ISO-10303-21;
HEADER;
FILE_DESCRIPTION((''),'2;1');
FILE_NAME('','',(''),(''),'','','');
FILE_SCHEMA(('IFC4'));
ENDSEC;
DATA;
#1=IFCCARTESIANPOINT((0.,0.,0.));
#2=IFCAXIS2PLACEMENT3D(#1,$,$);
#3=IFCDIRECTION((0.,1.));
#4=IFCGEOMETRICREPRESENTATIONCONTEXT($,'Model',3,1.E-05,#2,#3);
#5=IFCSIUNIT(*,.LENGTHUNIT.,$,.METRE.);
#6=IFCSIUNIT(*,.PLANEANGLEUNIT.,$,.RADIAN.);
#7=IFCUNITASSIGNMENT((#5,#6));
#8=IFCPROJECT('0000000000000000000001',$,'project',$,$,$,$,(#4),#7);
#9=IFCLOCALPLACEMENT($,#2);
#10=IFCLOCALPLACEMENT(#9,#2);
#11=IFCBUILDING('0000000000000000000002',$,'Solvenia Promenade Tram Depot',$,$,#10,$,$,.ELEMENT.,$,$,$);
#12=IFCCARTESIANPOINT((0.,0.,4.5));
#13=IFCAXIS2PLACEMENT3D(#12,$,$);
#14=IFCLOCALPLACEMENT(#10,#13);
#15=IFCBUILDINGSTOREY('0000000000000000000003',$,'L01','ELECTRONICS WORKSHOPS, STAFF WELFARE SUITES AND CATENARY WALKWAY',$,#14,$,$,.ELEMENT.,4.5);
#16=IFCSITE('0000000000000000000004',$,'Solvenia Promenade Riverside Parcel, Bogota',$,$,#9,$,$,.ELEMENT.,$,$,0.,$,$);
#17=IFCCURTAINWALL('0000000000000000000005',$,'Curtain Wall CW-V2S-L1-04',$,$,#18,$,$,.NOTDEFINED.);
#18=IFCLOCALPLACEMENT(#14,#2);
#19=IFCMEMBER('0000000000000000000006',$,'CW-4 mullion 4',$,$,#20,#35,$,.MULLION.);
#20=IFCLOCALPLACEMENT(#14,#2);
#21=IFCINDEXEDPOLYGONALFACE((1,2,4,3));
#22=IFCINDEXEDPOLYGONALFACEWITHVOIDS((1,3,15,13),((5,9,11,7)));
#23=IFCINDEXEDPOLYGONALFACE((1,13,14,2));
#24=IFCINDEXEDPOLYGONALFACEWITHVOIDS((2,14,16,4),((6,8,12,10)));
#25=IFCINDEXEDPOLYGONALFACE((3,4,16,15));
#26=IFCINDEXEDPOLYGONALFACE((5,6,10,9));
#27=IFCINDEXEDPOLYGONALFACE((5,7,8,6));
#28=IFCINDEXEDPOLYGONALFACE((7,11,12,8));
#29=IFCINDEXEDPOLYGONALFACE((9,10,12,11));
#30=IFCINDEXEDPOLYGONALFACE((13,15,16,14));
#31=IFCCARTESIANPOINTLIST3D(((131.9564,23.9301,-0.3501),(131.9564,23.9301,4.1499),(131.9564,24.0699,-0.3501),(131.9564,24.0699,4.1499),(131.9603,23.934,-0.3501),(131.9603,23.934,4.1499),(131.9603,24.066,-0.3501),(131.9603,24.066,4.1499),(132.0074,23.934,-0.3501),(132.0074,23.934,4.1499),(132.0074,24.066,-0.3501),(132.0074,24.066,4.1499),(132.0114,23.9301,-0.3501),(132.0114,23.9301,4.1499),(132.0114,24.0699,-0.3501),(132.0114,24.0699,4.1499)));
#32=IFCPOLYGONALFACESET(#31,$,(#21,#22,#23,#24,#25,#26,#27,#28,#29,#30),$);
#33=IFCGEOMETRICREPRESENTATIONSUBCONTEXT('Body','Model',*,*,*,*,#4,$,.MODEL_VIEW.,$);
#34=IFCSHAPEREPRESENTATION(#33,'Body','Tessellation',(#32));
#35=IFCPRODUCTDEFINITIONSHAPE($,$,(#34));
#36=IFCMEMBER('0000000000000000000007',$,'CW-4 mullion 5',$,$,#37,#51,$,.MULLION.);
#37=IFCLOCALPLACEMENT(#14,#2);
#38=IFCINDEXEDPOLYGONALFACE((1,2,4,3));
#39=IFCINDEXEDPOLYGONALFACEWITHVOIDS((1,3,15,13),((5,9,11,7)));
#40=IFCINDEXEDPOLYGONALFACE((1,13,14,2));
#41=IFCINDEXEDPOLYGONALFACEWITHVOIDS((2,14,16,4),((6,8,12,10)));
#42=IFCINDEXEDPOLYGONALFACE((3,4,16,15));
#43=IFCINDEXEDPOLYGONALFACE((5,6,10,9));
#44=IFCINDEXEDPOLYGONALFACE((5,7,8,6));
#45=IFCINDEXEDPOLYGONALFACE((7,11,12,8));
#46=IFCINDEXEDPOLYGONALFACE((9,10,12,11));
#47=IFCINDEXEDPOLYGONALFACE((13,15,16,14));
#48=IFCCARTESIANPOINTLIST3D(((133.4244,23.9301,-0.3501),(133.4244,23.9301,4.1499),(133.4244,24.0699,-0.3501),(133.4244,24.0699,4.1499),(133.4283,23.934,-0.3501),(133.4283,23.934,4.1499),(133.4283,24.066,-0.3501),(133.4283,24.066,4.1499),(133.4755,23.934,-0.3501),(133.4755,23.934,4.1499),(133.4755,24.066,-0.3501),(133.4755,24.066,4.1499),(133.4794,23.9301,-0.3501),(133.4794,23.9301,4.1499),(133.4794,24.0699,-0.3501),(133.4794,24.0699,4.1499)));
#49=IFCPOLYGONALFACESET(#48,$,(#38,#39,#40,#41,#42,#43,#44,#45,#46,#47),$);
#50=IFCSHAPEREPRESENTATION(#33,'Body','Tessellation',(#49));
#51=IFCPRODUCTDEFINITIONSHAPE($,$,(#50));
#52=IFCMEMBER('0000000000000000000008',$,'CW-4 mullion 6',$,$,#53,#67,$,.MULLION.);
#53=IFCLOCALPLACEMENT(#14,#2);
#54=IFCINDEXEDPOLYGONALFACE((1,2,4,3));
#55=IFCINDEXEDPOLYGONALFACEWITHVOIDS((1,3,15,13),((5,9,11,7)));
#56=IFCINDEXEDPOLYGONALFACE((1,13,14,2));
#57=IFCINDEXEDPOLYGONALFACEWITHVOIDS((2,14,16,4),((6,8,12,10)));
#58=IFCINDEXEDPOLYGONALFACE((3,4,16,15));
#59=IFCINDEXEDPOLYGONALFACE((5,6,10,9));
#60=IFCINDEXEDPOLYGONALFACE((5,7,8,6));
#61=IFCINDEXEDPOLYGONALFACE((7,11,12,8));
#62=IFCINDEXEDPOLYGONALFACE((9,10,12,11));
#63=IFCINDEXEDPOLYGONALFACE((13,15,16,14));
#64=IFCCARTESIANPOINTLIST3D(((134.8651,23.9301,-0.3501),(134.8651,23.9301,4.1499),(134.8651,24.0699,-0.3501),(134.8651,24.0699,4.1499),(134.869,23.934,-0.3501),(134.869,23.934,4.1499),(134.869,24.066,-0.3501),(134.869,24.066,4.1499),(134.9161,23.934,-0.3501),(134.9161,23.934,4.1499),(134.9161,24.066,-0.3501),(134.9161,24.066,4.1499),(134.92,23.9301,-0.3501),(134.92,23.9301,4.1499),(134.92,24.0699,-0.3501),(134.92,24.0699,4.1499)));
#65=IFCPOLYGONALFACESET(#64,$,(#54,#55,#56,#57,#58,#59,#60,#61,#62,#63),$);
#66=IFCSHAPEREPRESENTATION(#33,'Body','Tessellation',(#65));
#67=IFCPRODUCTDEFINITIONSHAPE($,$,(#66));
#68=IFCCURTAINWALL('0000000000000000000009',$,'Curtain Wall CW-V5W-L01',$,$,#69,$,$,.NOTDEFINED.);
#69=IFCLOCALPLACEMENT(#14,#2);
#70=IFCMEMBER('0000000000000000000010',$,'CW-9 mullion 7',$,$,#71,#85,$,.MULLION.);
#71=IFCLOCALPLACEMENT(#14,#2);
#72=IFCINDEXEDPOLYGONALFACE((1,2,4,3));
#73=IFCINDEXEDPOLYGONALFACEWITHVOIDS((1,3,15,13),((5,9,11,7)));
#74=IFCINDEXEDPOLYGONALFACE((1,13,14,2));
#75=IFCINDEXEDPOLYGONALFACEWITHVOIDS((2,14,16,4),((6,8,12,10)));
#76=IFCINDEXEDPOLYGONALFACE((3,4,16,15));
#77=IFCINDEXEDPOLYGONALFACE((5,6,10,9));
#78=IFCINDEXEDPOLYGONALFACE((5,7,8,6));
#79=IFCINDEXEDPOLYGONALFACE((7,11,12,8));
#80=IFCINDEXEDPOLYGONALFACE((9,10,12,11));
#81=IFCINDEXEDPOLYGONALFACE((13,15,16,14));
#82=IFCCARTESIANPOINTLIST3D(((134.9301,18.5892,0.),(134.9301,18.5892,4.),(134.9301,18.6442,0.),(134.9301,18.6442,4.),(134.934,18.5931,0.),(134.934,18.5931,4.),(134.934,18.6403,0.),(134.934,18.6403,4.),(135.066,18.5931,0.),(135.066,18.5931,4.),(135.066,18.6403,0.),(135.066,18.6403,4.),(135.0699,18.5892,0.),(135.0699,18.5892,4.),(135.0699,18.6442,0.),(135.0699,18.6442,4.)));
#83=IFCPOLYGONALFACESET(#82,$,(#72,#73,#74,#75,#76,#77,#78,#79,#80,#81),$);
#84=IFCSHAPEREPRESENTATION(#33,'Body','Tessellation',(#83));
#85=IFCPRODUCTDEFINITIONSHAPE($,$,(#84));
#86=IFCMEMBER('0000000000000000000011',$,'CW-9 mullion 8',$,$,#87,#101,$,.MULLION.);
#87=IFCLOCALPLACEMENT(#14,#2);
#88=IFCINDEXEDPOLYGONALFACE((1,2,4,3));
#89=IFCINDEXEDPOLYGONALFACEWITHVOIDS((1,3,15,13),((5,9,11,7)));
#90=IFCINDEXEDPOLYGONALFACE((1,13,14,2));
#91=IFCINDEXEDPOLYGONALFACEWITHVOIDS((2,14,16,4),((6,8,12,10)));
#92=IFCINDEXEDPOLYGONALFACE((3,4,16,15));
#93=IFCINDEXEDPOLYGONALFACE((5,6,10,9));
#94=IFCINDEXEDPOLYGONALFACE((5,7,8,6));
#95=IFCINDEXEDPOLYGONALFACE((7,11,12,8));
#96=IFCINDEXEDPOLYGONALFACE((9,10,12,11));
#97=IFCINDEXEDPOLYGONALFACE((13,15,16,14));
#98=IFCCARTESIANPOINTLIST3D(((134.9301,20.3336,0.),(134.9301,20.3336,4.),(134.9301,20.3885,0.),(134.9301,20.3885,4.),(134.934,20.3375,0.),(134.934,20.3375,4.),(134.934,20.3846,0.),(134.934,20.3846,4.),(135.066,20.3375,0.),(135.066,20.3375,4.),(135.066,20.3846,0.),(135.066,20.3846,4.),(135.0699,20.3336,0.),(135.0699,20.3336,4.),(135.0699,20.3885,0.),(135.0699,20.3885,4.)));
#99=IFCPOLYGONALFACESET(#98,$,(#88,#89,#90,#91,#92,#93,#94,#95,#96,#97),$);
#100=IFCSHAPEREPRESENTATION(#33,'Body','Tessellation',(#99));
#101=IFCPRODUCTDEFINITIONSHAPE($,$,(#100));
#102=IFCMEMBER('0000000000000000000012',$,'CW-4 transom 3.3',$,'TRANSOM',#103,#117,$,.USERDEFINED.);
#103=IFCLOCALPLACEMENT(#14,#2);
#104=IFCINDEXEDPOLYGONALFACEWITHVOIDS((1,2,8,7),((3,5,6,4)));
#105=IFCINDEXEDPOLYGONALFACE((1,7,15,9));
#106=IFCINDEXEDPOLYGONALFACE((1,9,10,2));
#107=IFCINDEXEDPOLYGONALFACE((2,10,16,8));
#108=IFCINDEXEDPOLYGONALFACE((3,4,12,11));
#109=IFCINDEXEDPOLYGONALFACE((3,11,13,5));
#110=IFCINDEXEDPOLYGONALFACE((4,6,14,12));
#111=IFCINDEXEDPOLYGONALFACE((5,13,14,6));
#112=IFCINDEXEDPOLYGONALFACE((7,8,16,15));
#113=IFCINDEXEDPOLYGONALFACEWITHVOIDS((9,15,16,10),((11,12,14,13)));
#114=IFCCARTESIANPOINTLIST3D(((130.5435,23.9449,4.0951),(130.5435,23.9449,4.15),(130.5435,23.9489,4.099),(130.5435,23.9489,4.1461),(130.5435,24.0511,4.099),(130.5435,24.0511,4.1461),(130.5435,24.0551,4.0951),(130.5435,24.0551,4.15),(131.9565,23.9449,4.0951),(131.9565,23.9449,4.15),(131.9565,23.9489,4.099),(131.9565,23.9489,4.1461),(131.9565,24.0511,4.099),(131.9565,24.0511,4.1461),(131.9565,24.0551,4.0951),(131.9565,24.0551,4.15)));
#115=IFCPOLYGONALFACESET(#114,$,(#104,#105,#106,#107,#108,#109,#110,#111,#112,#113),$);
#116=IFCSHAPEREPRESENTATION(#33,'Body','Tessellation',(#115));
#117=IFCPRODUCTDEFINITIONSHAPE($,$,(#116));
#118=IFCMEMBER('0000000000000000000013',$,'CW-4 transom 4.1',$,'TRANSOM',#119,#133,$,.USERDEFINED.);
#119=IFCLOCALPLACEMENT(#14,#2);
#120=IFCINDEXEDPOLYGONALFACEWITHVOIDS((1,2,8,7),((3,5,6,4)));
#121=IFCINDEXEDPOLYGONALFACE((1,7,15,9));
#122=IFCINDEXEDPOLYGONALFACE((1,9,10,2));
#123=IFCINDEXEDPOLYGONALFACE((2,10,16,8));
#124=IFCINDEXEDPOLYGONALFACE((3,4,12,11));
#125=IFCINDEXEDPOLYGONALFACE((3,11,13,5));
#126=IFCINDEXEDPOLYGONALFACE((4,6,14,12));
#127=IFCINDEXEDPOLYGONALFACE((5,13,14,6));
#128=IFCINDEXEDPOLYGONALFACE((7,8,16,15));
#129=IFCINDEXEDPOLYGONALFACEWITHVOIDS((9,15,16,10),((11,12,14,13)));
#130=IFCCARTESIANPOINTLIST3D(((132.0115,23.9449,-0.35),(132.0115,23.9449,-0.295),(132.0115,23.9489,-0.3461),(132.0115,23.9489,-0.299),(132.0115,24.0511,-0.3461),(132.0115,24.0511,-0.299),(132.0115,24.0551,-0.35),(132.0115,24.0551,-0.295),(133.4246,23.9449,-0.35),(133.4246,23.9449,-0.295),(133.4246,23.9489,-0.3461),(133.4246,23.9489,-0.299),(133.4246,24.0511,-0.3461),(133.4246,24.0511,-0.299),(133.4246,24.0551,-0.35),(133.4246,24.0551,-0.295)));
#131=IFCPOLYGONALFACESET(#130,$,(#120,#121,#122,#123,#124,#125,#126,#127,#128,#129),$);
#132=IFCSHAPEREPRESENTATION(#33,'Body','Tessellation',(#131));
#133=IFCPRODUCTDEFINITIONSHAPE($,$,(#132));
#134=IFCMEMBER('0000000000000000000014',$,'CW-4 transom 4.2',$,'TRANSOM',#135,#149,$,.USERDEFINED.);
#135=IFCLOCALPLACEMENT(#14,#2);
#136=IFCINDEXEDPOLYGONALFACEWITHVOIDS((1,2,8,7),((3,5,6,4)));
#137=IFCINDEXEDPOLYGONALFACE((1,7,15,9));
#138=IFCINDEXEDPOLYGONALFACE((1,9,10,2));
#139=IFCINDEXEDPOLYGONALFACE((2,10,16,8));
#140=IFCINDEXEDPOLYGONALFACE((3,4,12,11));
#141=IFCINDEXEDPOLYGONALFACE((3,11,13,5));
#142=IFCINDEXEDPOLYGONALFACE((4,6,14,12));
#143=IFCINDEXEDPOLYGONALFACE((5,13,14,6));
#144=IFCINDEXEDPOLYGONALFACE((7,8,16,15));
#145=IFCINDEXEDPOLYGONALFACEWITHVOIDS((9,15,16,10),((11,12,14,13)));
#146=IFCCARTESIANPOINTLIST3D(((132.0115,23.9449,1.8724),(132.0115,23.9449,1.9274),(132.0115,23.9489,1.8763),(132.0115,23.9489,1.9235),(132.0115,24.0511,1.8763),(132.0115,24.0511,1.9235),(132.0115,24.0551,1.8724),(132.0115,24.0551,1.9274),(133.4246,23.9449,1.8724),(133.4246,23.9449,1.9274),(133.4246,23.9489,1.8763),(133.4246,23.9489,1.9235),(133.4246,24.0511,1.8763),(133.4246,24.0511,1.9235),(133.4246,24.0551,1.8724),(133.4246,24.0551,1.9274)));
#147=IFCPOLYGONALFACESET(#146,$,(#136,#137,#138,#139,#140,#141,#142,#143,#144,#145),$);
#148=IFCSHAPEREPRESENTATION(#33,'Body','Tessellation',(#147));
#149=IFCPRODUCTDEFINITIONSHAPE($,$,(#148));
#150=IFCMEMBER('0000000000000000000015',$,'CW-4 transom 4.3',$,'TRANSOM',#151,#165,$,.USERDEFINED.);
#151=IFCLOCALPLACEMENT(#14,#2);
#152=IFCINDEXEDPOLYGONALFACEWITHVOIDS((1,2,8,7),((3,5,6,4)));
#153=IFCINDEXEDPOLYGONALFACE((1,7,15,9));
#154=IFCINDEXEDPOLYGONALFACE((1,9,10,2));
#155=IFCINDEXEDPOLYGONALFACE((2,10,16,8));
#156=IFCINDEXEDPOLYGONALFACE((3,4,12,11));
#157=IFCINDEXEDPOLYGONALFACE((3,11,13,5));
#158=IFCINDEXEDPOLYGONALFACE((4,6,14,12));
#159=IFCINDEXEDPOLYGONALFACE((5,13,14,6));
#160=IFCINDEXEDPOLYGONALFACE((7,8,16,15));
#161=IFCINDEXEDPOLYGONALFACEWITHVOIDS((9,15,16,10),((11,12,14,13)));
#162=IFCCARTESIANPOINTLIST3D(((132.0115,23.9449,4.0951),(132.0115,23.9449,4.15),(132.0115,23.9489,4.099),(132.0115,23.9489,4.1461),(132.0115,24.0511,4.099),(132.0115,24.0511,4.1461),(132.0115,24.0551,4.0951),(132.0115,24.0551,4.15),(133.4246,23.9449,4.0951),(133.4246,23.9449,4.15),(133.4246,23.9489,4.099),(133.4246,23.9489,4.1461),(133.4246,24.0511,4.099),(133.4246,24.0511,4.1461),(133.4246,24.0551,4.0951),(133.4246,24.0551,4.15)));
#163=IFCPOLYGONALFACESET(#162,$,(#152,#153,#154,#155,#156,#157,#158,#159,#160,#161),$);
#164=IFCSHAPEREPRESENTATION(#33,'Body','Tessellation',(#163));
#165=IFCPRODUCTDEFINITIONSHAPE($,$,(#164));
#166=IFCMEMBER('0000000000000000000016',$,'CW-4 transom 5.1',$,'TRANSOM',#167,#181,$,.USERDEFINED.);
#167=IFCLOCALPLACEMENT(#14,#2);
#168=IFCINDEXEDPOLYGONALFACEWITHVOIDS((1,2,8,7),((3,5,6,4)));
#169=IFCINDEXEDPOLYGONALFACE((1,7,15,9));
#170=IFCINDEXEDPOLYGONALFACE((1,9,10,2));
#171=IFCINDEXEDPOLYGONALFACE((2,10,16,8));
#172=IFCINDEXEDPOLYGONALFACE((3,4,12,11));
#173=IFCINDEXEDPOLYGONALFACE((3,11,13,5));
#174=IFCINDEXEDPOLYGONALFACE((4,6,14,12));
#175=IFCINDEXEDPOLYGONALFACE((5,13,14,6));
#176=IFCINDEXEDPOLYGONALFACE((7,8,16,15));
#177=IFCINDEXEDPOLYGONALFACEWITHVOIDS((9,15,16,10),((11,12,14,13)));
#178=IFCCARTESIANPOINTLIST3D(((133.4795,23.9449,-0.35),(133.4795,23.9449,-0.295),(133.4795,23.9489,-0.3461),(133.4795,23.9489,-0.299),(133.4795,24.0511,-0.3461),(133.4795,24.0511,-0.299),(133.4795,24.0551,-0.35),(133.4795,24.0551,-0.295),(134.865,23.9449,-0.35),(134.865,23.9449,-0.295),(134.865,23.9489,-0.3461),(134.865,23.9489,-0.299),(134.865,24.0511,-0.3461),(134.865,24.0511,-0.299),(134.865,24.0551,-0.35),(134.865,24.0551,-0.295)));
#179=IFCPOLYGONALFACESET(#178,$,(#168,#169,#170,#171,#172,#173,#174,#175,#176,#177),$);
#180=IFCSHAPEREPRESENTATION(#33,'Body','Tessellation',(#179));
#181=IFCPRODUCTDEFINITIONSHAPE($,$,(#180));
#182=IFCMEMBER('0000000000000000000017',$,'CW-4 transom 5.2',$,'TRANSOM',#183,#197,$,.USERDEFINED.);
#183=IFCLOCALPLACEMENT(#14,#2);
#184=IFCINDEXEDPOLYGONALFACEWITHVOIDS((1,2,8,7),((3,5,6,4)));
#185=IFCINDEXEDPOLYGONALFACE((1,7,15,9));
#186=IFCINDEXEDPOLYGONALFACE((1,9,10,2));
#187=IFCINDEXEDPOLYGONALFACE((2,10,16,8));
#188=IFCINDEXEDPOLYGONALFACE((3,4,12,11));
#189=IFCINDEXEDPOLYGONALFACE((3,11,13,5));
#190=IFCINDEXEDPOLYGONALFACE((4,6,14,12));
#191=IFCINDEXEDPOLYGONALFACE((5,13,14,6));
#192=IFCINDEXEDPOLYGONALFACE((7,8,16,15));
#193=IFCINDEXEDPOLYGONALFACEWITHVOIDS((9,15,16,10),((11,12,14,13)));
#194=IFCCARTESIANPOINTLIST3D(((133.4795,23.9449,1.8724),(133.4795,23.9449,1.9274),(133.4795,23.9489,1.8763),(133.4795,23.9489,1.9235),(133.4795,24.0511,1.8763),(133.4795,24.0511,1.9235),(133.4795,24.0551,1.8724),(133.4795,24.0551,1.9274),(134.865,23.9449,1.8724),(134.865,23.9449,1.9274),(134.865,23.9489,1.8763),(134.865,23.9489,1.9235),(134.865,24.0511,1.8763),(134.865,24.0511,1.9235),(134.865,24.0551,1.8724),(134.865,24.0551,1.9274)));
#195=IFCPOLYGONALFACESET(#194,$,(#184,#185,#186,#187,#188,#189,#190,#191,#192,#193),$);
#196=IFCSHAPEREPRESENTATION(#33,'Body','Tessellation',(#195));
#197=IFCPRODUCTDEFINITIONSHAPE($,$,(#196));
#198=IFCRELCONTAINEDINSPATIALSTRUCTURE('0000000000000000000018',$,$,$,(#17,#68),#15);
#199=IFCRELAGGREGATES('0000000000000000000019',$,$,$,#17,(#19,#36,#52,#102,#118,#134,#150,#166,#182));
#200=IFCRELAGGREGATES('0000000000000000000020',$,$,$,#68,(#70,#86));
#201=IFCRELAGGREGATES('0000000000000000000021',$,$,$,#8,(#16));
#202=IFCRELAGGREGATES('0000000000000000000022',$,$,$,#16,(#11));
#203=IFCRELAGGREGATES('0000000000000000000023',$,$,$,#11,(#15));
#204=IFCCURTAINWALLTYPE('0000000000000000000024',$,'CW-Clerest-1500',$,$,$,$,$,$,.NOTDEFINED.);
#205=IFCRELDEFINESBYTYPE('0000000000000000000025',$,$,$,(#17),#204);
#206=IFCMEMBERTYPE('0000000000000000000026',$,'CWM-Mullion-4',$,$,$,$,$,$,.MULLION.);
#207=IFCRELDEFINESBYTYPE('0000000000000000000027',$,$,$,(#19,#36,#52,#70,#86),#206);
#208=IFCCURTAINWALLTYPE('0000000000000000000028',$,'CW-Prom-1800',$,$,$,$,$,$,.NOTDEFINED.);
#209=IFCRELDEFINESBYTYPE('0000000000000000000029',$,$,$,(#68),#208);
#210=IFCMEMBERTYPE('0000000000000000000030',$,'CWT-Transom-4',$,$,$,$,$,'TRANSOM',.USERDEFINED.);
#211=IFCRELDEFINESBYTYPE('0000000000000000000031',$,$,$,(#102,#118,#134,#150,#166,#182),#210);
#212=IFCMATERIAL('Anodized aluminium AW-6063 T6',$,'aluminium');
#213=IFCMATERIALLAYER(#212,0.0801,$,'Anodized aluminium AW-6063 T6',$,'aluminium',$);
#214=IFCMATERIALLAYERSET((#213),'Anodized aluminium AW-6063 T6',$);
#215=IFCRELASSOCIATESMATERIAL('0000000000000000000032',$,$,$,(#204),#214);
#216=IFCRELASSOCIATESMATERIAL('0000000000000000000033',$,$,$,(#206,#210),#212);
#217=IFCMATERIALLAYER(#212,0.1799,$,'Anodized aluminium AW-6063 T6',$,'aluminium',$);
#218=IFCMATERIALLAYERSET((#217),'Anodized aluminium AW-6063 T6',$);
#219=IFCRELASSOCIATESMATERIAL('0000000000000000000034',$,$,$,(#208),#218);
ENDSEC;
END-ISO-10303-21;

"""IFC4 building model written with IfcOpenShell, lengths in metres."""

from ifc_helpers import new_model, si_unit, direction, frame, origin, origin_2d, place, context, subcontext, project, spatial, hollow_rectangle, extrude, material, layer, layer_set, material_profile, profile_set, type_object, element, aggregate, save


model = new_model("IFC4")

# Units and contexts
model_context = context("Model", 3, precision=1e-05, world=origin(), true_north=direction((0.0, 1.0)))
body_context = subcontext(model_context, "Body", "Model", "MODEL_VIEW")
ifc_project = project(units=[si_unit("LENGTHUNIT", "METRE"), si_unit("PLANEANGLEUNIT", "RADIAN")], contexts=[model_context])

# Site, building, storey
site_placement = place(None, origin())
site = spatial("IfcSite", under=ifc_project, at=site_placement, Name="Solvenia Promenade Riverside Parcel, Bogota", CompositionType="ELEMENT", RefElevation=0.0)
building_placement = place(site_placement, origin())
building = spatial("IfcBuilding", under=site, at=building_placement, Name="Solvenia Promenade Tram Depot", CompositionType="ELEMENT")
storey_placement = place(building_placement, frame((0.0, 0.0, 4.5)))
storey = spatial("IfcBuildingStorey", under=building, at=storey_placement, Name="L01", Description="ELECTRONICS WORKSHOPS, STAFF WELFARE SUITES AND CATENARY WALKWAY", CompositionType="ELEMENT", Elevation=4.5)

# Curtain walls, members
ifc_material_1 = material(Name="Anodized aluminium AW-6063 T6", Category="aluminium")
ifc_layer_1 = layer(ifc_material_1, 0.0801, Name="Anodized aluminium AW-6063 T6", Category="aluminium")
ifc_layer_set_1 = layer_set([ifc_layer_1], Name="Anodized aluminium AW-6063 T6")
curtain_wall_type_1 = type_object("IfcCurtainWallType", Name="CW-Clerest-1500", PredefinedType="NOTDEFINED", material=ifc_layer_set_1)
curtain_wall_1_placement = place(storey_placement, origin())
curtain_wall_1 = element("IfcCurtainWall", 1, at=curtain_wall_1_placement, inside=storey, type_object=curtain_wall_type_1, Name="Curtain Wall CW-V2S-L1-04", PredefinedType="NOTDEFINED")
ifc_material_profile_1 = material_profile(ifc_material_1, hollow_rectangle(XDim=0.1399, YDim=0.0549, WallThickness=0.0039, at=origin_2d()), Name="ALU-M4", Category="aluminium")
ifc_profile_set_1 = profile_set([ifc_material_profile_1], Name="Anodized aluminium AW-6063 T6")
member_type_1 = type_object("IfcMemberType", Name="CWM-Mullion-4", PredefinedType="MULLION", material=ifc_profile_set_1)
member_1_placement = place(storey_placement, frame((131.9839, 24.0, -0.3501), z_axis=(0.0, 0.0, 1.0), x_axis=(0.0, 1.0, 0.0)))
member_1 = element("IfcMember", 2, at=member_1_placement, type_object=member_type_1, Name="CW-4 mullion 4", PredefinedType="MULLION", context=body_context, shape_type="SweptSolid", body=[
    extrude(hollow_rectangle(XDim=0.1399, YDim=0.0549, WallThickness=0.0039, at=origin_2d()), origin(), (0.0, 0.0, 1.0), 4.5),
])
member_2_placement = place(storey_placement, frame((133.4519, 24.0, -0.3501), z_axis=(0.0, 0.0, 1.0), x_axis=(0.0, 1.0, 0.0)))
member_2 = element("IfcMember", 3, at=member_2_placement, type_object=member_type_1, Name="CW-4 mullion 5", PredefinedType="MULLION", context=body_context, shape_type="SweptSolid", body=[
    extrude(hollow_rectangle(XDim=0.1399, YDim=0.0549, WallThickness=0.0039, at=origin_2d()), origin(), (0.0, 0.0, 1.0), 4.5),
])
member_3_placement = place(storey_placement, frame((134.8926, 24.0, -0.3501), z_axis=(0.0, 0.0, 1.0), x_axis=(0.0, 1.0, 0.0)))
member_3 = element("IfcMember", 4, at=member_3_placement, type_object=member_type_1, Name="CW-4 mullion 6", PredefinedType="MULLION", context=body_context, shape_type="SweptSolid", body=[
    extrude(hollow_rectangle(XDim=0.1399, YDim=0.0549, WallThickness=0.0039, at=origin_2d()), origin(), (0.0, 0.0, 1.0), 4.5),
])
ifc_layer_2 = layer(ifc_material_1, 0.1799, Name="Anodized aluminium AW-6063 T6", Category="aluminium")
ifc_layer_set_2 = layer_set([ifc_layer_2], Name="Anodized aluminium AW-6063 T6")
curtain_wall_type_2 = type_object("IfcCurtainWallType", Name="CW-Prom-1800", PredefinedType="NOTDEFINED", material=ifc_layer_set_2)
curtain_wall_2_placement = place(storey_placement, origin())
curtain_wall_2 = element("IfcCurtainWall", 5, at=curtain_wall_2_placement, inside=storey, type_object=curtain_wall_type_2, Name="Curtain Wall CW-V5W-L01", PredefinedType="NOTDEFINED")
member_4_placement = place(storey_placement, frame((135.0, 18.6167, 0.0), z_axis=(0.0, 0.0, 1.0), x_axis=(-1.0, 0.0, 0.0)))
member_4 = element("IfcMember", 6, at=member_4_placement, type_object=member_type_1, Name="CW-9 mullion 7", PredefinedType="MULLION", context=body_context, shape_type="SweptSolid", body=[
    extrude(hollow_rectangle(XDim=0.1399, YDim=0.0549, WallThickness=0.0039, at=origin_2d()), origin(), (0.0, 0.0, 1.0), 4.0),
])
member_5_placement = place(storey_placement, frame((135.0, 20.3611, 0.0), z_axis=(0.0, 0.0, 1.0), x_axis=(-1.0, 0.0, 0.0)))
member_5 = element("IfcMember", 7, at=member_5_placement, type_object=member_type_1, Name="CW-9 mullion 8", PredefinedType="MULLION", context=body_context, shape_type="SweptSolid", body=[
    extrude(hollow_rectangle(XDim=0.1399, YDim=0.0549, WallThickness=0.0039, at=origin_2d()), origin(), (0.0, 0.0, 1.0), 4.0),
])

# Members
ifc_material_profile_2 = material_profile(ifc_material_1, hollow_rectangle(XDim=0.1101, YDim=0.0549, WallThickness=0.0039, at=origin_2d()), Name="ALU-T4", Category="aluminium")
ifc_profile_set_2 = profile_set([ifc_material_profile_2], Name="Anodized aluminium AW-6063 T6")
member_type_2 = type_object("IfcMemberType", Name="CWT-Transom-4", ElementType="TRANSOM", PredefinedType="USERDEFINED", material=ifc_profile_set_2)
member_6_placement = place(storey_placement, frame((130.5435, 24.0, 4.1226), z_axis=(1.0, 0.0, 0.0), x_axis=(0.0, 1.0, 0.0)))
member_6 = element("IfcMember", 8, at=member_6_placement, type_object=member_type_2, Name="CW-4 transom 3.3", ObjectType="TRANSOM", PredefinedType="USERDEFINED", context=body_context, shape_type="SweptSolid", body=[
    extrude(hollow_rectangle(XDim=0.1101, YDim=0.0549, WallThickness=0.0039, at=origin_2d()), origin(), (0.0, 0.0, 1.0), 1.4131),
])
member_7_placement = place(storey_placement, frame((132.0115, 24.0, -0.3225), z_axis=(1.0, 0.0, 0.0), x_axis=(0.0, 1.0, 0.0)))
member_7 = element("IfcMember", 9, at=member_7_placement, type_object=member_type_2, Name="CW-4 transom 4.1", ObjectType="TRANSOM", PredefinedType="USERDEFINED", context=body_context, shape_type="SweptSolid", body=[
    extrude(hollow_rectangle(XDim=0.1101, YDim=0.0549, WallThickness=0.0039, at=origin_2d()), origin(), (0.0, 0.0, 1.0), 1.4131),
])
member_8_placement = place(storey_placement, frame((132.0115, 24.0, 1.8999), z_axis=(1.0, 0.0, 0.0), x_axis=(0.0, 1.0, 0.0)))
member_8 = element("IfcMember", 10, at=member_8_placement, type_object=member_type_2, Name="CW-4 transom 4.2", ObjectType="TRANSOM", PredefinedType="USERDEFINED", context=body_context, shape_type="SweptSolid", body=[
    extrude(hollow_rectangle(XDim=0.1101, YDim=0.0549, WallThickness=0.0039, at=origin_2d()), origin(), (0.0, 0.0, 1.0), 1.4131),
])
member_9_placement = place(storey_placement, frame((132.0115, 24.0, 4.1226), z_axis=(1.0, 0.0, 0.0), x_axis=(0.0, 1.0, 0.0)))
member_9 = element("IfcMember", 11, at=member_9_placement, type_object=member_type_2, Name="CW-4 transom 4.3", ObjectType="TRANSOM", PredefinedType="USERDEFINED", context=body_context, shape_type="SweptSolid", body=[
    extrude(hollow_rectangle(XDim=0.1101, YDim=0.0549, WallThickness=0.0039, at=origin_2d()), origin(), (0.0, 0.0, 1.0), 1.4131),
])
member_10_placement = place(storey_placement, frame((133.4795, 24.0, -0.3225), z_axis=(1.0, 0.0, 0.0), x_axis=(0.0, 1.0, 0.0)))
member_10 = element("IfcMember", 12, at=member_10_placement, type_object=member_type_2, Name="CW-4 transom 5.1", ObjectType="TRANSOM", PredefinedType="USERDEFINED", context=body_context, shape_type="SweptSolid", body=[
    extrude(hollow_rectangle(XDim=0.1101, YDim=0.0549, WallThickness=0.0039, at=origin_2d()), origin(), (0.0, 0.0, 1.0), 1.3855),
])
member_11_placement = place(storey_placement, frame((133.4795, 24.0, 1.8999), z_axis=(1.0, 0.0, 0.0), x_axis=(0.0, 1.0, 0.0)))
member_11 = element("IfcMember", 13, at=member_11_placement, type_object=member_type_2, Name="CW-4 transom 5.2", ObjectType="TRANSOM", PredefinedType="USERDEFINED", context=body_context, shape_type="SweptSolid", body=[
    extrude(hollow_rectangle(XDim=0.1101, YDim=0.0549, WallThickness=0.0039, at=origin_2d()), origin(), (0.0, 0.0, 1.0), 1.3855),
])

aggregate(curtain_wall_1, [member_1, member_2, member_3, member_6, member_7, member_8, member_9, member_10, member_11])
aggregate(curtain_wall_2, [member_4, member_5])

save(model, "model.ifc")
